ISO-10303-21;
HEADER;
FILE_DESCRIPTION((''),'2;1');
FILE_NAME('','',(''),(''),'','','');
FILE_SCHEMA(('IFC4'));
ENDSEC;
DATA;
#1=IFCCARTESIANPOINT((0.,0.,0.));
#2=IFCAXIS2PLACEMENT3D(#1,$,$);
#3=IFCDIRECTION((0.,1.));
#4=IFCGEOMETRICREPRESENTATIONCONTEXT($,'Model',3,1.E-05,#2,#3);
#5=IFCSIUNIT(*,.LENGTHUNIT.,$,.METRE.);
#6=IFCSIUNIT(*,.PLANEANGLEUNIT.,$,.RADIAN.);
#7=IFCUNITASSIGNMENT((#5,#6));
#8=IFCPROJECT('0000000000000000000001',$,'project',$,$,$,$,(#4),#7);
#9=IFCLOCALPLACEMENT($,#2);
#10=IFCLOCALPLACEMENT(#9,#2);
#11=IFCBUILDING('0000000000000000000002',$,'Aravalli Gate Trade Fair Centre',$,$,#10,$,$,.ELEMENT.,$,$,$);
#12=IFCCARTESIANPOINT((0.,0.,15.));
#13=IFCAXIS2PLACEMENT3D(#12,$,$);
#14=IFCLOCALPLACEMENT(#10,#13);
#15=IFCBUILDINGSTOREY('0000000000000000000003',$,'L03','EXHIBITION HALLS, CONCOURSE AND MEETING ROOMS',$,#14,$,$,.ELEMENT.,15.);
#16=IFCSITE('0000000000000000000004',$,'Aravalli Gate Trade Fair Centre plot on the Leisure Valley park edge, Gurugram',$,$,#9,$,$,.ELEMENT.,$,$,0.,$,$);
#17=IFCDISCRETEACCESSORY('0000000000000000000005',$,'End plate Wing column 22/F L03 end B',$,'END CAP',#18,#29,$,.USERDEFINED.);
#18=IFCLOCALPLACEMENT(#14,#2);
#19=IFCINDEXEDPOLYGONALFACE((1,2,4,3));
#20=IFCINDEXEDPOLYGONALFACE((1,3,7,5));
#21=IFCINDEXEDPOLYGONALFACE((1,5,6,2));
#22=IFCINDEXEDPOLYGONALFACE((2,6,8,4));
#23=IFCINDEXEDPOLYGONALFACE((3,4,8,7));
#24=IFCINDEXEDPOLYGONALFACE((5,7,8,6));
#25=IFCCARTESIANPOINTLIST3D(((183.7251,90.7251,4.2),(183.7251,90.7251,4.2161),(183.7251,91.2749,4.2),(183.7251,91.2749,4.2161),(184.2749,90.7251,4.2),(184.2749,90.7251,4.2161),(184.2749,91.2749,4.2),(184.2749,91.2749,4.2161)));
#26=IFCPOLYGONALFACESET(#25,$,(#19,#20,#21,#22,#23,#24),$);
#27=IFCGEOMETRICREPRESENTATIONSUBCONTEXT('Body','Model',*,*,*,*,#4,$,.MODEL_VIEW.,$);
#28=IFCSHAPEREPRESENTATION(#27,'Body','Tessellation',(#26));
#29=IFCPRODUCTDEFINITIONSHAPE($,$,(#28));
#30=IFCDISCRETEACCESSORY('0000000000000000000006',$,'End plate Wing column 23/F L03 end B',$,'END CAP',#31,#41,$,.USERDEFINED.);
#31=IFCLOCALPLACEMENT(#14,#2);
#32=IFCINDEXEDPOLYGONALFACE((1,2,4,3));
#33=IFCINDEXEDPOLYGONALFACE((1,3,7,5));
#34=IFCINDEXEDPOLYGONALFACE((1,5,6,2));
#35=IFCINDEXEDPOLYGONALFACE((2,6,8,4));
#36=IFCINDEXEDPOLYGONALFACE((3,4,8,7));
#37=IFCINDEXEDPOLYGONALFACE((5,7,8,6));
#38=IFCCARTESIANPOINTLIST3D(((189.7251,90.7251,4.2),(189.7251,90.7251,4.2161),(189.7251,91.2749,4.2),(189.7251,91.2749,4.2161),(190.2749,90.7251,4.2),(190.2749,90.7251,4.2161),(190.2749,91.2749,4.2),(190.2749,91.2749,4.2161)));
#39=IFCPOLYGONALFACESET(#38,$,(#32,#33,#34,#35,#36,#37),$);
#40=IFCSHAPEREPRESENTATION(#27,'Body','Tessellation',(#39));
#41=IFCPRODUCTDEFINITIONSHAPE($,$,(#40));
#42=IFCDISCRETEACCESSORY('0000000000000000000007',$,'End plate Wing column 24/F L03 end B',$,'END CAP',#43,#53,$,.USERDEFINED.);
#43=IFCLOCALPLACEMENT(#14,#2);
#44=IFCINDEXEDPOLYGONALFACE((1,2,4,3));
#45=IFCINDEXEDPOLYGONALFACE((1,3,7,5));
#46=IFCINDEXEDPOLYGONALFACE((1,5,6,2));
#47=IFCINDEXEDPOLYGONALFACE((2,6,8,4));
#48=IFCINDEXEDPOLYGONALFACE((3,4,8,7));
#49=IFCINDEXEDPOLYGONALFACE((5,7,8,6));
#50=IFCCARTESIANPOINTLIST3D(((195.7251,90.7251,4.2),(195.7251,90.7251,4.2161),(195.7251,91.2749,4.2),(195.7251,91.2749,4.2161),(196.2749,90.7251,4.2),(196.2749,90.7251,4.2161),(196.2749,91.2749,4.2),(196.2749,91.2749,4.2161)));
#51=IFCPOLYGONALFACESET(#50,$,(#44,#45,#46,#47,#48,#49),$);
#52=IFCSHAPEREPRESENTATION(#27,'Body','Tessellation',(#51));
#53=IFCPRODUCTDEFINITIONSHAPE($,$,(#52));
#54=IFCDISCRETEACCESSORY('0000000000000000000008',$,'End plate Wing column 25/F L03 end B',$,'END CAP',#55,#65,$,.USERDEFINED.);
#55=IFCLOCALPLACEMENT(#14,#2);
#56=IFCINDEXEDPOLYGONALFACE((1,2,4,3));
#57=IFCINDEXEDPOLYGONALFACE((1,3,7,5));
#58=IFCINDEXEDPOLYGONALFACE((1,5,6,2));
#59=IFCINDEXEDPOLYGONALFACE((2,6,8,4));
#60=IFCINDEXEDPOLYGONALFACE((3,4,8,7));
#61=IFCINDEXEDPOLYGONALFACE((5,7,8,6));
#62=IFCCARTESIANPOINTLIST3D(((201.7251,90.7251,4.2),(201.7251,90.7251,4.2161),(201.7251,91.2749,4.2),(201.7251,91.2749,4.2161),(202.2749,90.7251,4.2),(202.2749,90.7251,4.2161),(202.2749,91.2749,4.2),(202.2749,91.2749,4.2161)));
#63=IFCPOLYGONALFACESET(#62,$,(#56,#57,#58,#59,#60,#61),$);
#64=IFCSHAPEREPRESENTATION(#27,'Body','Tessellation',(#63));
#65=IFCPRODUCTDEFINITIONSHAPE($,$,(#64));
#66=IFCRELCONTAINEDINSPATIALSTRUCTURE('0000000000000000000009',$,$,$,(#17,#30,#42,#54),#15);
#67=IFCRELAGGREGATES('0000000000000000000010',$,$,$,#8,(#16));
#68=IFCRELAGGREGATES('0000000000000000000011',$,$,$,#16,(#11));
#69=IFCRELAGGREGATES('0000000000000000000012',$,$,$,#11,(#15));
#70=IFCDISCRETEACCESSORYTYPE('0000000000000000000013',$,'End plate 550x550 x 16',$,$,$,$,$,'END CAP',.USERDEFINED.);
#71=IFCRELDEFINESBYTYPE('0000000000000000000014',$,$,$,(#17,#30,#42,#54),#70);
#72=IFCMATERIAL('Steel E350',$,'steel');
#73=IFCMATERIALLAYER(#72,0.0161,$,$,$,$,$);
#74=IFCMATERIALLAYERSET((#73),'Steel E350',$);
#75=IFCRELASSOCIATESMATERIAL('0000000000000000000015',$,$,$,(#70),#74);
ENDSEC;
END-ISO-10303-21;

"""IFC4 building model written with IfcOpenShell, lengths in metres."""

from ifc_helpers import new_model, si_unit, direction, frame, origin, place, context, subcontext, project, spatial, polyline, outline, extrude, material, layer, layer_set, type_object, element, save


model = new_model("IFC4")

# Units and contexts
model_context = context("Model", 3, precision=1e-05, world=origin(), true_north=direction((0.0, 1.0)))
body_context = subcontext(model_context, "Body", "Model", "MODEL_VIEW")
ifc_project = project(units=[si_unit("LENGTHUNIT", "METRE"), si_unit("PLANEANGLEUNIT", "RADIAN")], contexts=[model_context])

# Site, building, storey
site_placement = place(None, origin())
site = spatial("IfcSite", under=ifc_project, at=site_placement, Name="Aravalli Gate Trade Fair Centre plot on the Leisure Valley park edge, Gurugram", CompositionType="ELEMENT", RefElevation=0.0)
building_placement = place(site_placement, origin())
building = spatial("IfcBuilding", under=site, at=building_placement, Name="Aravalli Gate Trade Fair Centre", CompositionType="ELEMENT")
storey_placement = place(building_placement, frame((0.0, 0.0, 15.0)))
storey = spatial("IfcBuildingStorey", under=building, at=storey_placement, Name="L03", Description="EXHIBITION HALLS, CONCOURSE AND MEETING ROOMS", CompositionType="ELEMENT", Elevation=15.0)

# Shared definitions
ifc_material_1 = material(Name="Steel E350", Category="steel")

# Discrete accessories
ifc_layer_1 = layer(ifc_material_1, 0.0161)
ifc_layer_set_1 = layer_set([ifc_layer_1], Name="Steel E350")
discrete_accessory_type = type_object("IfcDiscreteAccessoryType", Name="End plate 550x550 x 16", ElementType="END CAP", PredefinedType="USERDEFINED", material=ifc_layer_set_1)
for number, where, z_axis, x_axis, name in (
    (1, (183.7251, 90.7251, 4.2161), (0.0, 0.0, 1.0), (1.0, 0.0, 0.0), "End plate Wing column 22/F L03 end B"),
    (2, (189.7251, 90.7251, 4.2161), (0.0, 0.0, 1.0), (1.0, 0.0, 0.0), "End plate Wing column 23/F L03 end B"),
    (3, (195.7251, 90.7251, 4.2161), (0.0, 0.0, 1.0), (1.0, 0.0, 0.0), "End plate Wing column 24/F L03 end B"),
    (4, (201.7251, 90.7251, 4.2161), (0.0, 0.0, 1.0), (1.0, 0.0, 0.0), "End plate Wing column 25/F L03 end B"),
):
    element("IfcDiscreteAccessory", number, at=place(storey_placement, frame(where, z_axis=z_axis, x_axis=x_axis)), inside=storey, type_object=discrete_accessory_type, Name=name, ObjectType="END CAP", PredefinedType="USERDEFINED", context=body_context, shape_type="SweptSolid", body=[
        extrude(outline(polyline([(0.0, 0.0), (0.5498, 0.0), (0.5498, 0.5498), (0.0, 0.5498), (0.0, 0.0)])), origin(), (0.0, 0.0, -1.0), 0.0161),
    ])

save(model, "model.ifc")
